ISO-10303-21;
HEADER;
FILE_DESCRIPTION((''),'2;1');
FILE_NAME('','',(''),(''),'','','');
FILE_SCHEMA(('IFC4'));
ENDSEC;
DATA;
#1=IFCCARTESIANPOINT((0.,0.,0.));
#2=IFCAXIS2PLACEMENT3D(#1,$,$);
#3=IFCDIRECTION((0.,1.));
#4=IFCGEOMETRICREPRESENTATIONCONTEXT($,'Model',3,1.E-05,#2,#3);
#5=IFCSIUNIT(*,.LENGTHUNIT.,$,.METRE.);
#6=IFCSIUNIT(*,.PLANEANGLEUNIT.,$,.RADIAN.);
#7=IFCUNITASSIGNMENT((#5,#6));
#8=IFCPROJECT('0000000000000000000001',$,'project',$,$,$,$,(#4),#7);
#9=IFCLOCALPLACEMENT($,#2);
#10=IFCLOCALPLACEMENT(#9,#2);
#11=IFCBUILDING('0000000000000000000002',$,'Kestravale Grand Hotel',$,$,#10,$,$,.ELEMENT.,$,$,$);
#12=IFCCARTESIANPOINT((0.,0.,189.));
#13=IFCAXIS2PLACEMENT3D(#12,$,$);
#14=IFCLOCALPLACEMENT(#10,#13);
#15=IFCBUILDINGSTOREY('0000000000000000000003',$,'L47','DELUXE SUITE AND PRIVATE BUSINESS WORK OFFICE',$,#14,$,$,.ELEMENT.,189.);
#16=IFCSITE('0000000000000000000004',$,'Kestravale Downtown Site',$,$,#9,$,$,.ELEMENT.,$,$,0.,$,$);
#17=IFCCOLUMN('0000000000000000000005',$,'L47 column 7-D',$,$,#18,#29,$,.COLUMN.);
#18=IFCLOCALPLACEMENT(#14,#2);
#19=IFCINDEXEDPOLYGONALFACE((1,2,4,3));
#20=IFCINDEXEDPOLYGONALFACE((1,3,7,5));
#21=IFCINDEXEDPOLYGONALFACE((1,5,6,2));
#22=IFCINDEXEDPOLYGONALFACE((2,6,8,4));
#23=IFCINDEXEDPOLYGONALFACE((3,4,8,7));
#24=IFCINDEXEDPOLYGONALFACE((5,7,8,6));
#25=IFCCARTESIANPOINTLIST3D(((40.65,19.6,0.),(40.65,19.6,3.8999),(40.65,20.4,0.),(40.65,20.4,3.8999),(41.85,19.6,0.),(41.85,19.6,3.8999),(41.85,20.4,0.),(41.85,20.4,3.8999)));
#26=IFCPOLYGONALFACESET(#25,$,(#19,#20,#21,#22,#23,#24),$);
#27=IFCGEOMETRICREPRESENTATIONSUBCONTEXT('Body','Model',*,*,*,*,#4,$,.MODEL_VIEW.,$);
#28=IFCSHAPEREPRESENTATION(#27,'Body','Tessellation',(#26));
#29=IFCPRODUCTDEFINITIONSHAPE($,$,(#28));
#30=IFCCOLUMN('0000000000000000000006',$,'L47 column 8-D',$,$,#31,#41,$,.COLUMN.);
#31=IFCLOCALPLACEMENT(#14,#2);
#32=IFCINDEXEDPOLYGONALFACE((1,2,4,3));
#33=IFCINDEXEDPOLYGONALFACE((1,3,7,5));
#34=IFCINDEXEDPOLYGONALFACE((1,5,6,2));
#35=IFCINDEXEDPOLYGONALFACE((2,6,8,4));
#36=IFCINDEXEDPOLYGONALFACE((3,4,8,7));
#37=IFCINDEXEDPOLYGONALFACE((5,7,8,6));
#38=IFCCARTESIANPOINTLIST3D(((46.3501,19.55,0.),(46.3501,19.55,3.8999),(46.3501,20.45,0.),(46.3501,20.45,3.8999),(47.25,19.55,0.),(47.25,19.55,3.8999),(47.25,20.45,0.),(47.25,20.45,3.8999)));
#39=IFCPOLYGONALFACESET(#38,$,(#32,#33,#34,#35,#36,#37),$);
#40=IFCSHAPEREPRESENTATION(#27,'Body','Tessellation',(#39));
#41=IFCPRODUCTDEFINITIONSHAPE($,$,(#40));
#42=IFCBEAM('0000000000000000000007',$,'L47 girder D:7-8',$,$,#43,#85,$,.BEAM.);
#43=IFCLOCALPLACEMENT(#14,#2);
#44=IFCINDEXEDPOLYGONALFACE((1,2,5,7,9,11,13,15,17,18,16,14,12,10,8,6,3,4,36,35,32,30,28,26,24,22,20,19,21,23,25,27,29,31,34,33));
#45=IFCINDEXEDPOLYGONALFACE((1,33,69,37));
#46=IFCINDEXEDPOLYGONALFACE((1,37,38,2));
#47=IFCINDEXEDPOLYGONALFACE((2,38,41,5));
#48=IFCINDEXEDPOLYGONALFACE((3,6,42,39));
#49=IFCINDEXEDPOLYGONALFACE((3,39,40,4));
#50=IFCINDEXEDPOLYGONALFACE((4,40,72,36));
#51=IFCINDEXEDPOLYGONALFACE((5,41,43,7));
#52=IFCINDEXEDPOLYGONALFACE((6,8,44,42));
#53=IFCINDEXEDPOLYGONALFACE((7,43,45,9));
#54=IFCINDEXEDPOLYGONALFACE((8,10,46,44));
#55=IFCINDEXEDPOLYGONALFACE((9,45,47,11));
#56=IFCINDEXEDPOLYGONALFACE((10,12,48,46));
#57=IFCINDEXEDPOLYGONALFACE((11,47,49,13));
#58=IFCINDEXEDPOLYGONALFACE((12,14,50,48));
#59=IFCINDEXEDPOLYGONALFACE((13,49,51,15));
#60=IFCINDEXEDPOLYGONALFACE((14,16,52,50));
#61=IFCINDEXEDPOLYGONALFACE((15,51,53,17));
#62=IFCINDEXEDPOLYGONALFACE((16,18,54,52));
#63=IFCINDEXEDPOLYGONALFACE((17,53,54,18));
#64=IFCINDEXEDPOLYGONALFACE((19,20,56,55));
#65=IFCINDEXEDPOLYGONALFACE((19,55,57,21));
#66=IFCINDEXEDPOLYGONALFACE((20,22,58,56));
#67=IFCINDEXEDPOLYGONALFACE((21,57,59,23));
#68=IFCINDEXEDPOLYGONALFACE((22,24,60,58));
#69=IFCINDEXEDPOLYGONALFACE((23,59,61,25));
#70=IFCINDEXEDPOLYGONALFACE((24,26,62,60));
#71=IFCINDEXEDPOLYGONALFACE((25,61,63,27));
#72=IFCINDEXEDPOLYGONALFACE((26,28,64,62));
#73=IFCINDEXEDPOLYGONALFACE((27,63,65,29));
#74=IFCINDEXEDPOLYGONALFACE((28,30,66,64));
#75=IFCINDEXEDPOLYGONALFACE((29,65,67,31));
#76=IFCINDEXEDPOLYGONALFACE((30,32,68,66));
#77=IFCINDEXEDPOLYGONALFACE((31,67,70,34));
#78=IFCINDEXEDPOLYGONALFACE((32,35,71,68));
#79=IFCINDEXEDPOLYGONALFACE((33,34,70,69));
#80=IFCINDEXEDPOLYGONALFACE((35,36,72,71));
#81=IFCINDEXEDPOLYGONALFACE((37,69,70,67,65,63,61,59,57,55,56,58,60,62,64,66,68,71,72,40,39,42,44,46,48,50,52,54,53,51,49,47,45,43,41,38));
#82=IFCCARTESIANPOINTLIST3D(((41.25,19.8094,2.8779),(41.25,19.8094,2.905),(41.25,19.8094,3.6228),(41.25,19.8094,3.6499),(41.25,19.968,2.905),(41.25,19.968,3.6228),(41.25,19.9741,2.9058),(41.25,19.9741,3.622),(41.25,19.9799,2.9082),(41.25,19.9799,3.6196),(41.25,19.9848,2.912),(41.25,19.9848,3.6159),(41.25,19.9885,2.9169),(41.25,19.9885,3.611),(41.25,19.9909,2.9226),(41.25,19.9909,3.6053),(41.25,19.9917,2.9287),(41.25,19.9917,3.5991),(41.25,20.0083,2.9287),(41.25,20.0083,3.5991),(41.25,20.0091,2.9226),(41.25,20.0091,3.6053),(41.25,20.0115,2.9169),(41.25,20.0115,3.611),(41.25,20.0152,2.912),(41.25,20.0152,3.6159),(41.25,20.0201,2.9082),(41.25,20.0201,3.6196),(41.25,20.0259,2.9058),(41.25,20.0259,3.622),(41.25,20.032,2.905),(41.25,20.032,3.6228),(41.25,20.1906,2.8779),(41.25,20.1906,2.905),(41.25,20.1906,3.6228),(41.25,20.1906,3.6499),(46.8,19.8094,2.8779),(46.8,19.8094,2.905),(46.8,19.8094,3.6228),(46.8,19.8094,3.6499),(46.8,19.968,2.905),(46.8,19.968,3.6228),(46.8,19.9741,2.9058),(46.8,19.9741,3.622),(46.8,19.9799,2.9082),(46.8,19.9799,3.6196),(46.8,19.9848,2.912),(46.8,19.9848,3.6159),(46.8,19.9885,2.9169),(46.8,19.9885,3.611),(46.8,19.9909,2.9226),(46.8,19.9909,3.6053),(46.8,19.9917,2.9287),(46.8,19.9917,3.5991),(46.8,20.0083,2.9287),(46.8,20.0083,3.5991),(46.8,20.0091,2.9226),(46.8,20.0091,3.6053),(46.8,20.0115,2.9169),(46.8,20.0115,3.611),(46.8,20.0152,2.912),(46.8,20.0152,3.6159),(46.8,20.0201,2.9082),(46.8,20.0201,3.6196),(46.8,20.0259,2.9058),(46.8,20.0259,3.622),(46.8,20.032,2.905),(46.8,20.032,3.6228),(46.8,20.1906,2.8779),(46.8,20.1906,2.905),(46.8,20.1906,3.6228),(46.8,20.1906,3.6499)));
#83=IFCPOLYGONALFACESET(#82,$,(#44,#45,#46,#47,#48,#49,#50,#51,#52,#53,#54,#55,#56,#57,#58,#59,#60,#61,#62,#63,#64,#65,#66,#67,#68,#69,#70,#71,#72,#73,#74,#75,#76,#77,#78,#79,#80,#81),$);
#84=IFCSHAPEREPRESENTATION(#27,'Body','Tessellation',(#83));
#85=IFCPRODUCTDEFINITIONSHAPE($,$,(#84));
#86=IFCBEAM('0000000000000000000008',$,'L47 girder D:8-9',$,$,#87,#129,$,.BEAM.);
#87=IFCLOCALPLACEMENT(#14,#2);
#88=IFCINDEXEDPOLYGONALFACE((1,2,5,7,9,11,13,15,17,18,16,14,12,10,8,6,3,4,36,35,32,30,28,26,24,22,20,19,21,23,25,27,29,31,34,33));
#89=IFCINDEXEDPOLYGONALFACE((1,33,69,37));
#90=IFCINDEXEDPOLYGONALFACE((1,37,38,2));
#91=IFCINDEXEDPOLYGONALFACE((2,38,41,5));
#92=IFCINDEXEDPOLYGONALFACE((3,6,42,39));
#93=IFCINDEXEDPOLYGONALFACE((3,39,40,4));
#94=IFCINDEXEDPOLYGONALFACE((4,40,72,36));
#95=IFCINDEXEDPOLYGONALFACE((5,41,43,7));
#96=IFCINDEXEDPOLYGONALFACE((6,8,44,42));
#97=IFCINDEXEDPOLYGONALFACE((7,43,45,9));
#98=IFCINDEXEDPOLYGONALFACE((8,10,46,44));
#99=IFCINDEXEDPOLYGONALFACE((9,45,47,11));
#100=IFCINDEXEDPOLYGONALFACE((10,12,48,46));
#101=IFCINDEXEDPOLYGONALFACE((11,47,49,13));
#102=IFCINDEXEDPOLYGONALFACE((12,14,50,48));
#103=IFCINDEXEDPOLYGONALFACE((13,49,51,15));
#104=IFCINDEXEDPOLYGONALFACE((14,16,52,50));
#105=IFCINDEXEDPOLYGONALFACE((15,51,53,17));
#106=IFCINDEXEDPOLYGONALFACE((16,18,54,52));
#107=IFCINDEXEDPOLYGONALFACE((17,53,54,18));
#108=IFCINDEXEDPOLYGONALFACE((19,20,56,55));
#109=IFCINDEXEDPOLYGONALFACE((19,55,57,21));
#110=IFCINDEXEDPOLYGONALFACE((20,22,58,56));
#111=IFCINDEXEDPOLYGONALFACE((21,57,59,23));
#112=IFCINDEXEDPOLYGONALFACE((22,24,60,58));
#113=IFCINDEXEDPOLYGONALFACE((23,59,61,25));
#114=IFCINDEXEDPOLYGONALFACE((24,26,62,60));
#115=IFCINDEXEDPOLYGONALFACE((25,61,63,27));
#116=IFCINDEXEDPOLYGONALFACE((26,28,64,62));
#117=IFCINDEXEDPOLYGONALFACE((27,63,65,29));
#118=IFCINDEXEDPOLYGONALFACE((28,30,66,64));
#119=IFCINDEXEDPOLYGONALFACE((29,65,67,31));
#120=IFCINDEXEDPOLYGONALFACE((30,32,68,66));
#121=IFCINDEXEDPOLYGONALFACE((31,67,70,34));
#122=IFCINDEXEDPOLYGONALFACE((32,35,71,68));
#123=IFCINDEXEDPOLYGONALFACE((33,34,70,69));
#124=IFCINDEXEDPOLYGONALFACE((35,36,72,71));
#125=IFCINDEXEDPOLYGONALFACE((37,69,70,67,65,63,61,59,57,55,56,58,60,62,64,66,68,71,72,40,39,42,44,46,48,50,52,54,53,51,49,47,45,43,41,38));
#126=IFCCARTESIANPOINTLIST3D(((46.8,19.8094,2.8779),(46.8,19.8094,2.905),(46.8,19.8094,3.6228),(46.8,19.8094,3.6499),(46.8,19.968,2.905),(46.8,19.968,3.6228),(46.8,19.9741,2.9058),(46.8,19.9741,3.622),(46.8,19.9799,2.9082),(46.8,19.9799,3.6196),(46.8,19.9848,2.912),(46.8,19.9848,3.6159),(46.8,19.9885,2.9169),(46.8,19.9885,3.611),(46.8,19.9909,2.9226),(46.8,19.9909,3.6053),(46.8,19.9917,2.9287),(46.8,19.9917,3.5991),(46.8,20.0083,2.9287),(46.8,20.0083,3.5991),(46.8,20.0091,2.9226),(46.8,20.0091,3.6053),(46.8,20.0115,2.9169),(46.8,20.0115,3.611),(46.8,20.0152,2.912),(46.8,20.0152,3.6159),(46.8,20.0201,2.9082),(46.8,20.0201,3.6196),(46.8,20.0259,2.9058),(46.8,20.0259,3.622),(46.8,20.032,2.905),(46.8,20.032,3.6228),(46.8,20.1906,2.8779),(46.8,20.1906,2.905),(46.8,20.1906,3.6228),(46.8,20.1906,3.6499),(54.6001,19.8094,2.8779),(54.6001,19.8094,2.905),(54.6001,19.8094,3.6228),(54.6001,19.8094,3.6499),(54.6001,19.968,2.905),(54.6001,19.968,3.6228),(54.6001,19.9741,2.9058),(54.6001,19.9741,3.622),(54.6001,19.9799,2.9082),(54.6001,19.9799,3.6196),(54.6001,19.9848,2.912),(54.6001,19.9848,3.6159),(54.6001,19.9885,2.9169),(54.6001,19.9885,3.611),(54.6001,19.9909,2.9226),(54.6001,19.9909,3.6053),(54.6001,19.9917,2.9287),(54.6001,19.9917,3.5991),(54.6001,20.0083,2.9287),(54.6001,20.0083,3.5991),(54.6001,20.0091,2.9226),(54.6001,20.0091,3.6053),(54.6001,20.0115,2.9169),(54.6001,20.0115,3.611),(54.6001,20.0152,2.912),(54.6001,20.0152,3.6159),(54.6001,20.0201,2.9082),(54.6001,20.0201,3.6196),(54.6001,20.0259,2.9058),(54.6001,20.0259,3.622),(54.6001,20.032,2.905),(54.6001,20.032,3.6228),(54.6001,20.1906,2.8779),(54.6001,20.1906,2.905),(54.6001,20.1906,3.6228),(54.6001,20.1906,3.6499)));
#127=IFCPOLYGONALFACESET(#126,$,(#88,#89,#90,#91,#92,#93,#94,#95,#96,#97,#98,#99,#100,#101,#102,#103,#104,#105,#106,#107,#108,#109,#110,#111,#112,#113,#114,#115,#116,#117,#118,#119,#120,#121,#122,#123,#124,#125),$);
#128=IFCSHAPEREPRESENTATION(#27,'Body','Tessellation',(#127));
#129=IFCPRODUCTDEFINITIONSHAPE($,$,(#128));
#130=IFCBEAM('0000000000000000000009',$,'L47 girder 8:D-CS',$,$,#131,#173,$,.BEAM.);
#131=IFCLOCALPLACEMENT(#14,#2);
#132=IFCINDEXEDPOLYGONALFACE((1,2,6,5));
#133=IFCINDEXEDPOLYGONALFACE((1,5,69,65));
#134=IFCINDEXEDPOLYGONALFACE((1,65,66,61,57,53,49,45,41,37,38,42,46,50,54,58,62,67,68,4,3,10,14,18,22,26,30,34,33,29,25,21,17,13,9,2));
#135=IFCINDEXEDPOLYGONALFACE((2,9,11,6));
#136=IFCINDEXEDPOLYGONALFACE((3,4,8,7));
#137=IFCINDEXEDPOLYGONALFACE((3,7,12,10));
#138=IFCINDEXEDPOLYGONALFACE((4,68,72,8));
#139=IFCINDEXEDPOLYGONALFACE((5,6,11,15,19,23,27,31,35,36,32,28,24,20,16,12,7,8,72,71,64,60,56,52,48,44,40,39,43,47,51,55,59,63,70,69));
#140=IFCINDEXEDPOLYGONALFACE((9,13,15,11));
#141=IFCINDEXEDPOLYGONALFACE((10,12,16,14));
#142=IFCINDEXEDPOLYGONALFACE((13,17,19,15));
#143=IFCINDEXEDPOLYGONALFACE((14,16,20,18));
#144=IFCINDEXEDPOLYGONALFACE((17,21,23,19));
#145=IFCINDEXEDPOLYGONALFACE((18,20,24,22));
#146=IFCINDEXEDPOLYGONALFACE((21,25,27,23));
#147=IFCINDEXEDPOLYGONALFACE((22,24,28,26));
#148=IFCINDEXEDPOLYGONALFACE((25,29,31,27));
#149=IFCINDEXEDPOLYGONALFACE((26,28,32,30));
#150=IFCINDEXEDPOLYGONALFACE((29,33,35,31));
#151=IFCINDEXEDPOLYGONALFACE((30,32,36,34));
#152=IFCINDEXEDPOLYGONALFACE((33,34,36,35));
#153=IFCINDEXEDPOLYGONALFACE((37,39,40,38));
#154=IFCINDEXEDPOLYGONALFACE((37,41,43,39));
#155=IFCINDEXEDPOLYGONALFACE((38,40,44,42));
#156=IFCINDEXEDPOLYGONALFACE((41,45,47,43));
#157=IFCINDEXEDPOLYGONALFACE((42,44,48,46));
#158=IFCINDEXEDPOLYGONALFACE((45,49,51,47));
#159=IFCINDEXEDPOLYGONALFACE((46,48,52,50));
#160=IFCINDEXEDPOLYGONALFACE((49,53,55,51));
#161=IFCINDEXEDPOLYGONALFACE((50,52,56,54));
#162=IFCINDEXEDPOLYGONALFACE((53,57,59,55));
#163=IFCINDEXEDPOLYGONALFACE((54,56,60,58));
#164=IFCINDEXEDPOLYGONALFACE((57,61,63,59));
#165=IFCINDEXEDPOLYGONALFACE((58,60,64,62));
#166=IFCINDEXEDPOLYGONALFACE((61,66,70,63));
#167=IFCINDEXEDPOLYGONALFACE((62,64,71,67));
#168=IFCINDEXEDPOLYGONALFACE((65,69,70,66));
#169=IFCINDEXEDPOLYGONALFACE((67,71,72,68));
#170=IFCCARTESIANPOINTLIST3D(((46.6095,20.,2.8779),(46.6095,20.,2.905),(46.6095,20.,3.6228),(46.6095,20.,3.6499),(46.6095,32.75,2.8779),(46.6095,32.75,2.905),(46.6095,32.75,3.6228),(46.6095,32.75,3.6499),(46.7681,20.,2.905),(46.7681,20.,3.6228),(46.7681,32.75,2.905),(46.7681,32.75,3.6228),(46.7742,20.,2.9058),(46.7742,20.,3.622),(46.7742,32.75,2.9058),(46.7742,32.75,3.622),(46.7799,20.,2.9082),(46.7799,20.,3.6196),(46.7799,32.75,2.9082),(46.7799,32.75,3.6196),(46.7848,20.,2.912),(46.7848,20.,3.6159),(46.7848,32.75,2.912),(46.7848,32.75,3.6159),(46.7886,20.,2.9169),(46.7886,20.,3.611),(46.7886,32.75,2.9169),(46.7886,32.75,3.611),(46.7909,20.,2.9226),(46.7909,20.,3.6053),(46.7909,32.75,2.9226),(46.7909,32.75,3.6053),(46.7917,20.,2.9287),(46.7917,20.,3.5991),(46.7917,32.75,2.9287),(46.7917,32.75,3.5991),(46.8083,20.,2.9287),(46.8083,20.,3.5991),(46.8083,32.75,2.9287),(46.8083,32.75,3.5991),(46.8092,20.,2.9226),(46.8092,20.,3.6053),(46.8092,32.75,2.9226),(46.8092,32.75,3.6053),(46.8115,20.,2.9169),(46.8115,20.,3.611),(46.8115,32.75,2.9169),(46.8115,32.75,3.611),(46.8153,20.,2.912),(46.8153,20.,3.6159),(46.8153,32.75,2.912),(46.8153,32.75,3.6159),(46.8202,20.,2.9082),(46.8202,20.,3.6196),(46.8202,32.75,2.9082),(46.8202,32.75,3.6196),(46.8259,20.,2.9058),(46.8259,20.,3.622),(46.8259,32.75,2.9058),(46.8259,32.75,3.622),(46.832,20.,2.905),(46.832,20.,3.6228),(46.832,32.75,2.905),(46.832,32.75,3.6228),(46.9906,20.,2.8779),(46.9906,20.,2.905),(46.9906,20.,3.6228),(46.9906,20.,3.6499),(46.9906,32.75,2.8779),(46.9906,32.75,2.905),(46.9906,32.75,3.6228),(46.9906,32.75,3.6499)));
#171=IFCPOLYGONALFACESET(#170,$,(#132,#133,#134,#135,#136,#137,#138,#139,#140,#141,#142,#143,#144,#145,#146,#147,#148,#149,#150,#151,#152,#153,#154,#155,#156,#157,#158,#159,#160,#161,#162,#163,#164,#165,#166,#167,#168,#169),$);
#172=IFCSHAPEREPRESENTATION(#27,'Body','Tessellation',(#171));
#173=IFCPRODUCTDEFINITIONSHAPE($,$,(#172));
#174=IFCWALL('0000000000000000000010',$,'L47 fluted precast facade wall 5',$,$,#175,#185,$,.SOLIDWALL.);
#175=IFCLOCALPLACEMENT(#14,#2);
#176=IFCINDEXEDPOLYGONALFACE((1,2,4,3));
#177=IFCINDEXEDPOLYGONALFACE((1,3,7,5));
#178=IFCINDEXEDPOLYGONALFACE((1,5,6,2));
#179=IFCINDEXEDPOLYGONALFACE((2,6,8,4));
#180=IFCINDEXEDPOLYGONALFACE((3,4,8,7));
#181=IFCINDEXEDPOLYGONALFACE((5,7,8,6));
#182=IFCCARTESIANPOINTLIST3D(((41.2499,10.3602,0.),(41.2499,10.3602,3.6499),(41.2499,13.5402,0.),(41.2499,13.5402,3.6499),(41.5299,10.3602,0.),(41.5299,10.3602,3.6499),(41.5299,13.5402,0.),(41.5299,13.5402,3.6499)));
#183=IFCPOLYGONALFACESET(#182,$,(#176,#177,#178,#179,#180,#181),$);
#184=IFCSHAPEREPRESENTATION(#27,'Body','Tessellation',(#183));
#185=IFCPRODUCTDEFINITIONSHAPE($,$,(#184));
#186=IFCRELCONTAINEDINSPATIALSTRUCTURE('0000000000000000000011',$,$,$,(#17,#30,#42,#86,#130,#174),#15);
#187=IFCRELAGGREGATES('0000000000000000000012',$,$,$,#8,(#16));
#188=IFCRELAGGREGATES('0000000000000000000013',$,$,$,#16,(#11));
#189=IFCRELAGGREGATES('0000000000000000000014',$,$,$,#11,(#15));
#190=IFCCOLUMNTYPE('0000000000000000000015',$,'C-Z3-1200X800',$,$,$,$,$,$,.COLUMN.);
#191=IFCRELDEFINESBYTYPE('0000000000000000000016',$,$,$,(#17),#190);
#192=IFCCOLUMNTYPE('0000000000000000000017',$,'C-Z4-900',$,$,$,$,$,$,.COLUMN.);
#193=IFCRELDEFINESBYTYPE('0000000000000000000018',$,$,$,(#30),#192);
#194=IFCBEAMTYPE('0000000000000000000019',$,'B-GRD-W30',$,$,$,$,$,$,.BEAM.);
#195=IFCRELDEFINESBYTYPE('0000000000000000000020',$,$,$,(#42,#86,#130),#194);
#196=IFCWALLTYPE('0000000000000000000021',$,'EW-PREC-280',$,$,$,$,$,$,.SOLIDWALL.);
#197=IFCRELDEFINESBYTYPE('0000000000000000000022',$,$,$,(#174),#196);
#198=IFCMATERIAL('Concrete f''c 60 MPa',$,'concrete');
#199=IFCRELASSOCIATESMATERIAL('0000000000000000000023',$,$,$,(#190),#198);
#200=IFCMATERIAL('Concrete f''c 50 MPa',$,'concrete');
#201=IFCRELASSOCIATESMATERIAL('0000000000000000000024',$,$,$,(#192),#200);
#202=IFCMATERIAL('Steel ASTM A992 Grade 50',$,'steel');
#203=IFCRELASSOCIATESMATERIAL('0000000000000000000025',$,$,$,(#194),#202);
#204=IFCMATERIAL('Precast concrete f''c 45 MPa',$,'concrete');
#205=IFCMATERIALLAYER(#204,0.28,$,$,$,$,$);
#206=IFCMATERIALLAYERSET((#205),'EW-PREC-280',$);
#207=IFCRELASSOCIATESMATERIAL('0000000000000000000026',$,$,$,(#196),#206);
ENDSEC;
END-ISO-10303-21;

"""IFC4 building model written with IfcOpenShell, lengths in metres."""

from ifc_helpers import new_model, si_unit, direction, frame, frame_2d, origin, origin_2d, place, context, subcontext, project, spatial, rectangle, i_section, extrude, material, layer, layer_set, material_profile, profile_set, type_object, element, save


model = new_model("IFC4")

# Units and contexts
model_context = context("Model", 3, precision=1e-05, world=origin(), true_north=direction((0.0, 1.0)))
body_context = subcontext(model_context, "Body", "Model", "MODEL_VIEW")
ifc_project = project(units=[si_unit("LENGTHUNIT", "METRE"), si_unit("PLANEANGLEUNIT", "RADIAN")], contexts=[model_context])

# Site, building, storey
site_placement = place(None, origin())
site = spatial("IfcSite", under=ifc_project, at=site_placement, Name="Kestravale Downtown Site", CompositionType="ELEMENT", RefElevation=0.0)
building_placement = place(site_placement, origin())
building = spatial("IfcBuilding", under=site, at=building_placement, Name="Kestravale Grand Hotel", CompositionType="ELEMENT")
storey_placement = place(building_placement, frame((0.0, 0.0, 189.0)))
storey = spatial("IfcBuildingStorey", under=building, at=storey_placement, Name="L47", Description="DELUXE SUITE AND PRIVATE BUSINESS WORK OFFICE", CompositionType="ELEMENT", Elevation=189.0)

# Columns
ifc_material_1 = material(Name="Concrete f'c 60 MPa", Category="concrete")
ifc_material_profile_1 = material_profile(ifc_material_1, rectangle(XDim=1.2, YDim=0.8, at=origin_2d()))
ifc_profile_set_1 = profile_set([ifc_material_profile_1], Name="Concrete f'c 60 MPa")
column_type_1 = type_object("IfcColumnType", Name="C-Z3-1200X800", PredefinedType="COLUMN", material=ifc_profile_set_1)
column_1_placement = place(storey_placement, frame((41.25, 20.0, 0.0), z_axis=(0.0, 0.0, 1.0), x_axis=(1.0, 0.0, 0.0)))
element("IfcColumn", 1, at=column_1_placement, inside=storey, type_object=column_type_1, Name="L47 column 7-D", PredefinedType="COLUMN", context=body_context, shape_type="SweptSolid", body=[
    extrude(rectangle(XDim=1.2, YDim=0.8, at=origin_2d()), origin(), (0.0, 0.0, 1.0), 3.8999),
])
ifc_material_2 = material(Name="Concrete f'c 50 MPa", Category="concrete")
ifc_material_profile_2 = material_profile(ifc_material_2, rectangle(XDim=0.8999, YDim=0.8999, at=origin_2d()))
ifc_profile_set_2 = profile_set([ifc_material_profile_2], Name="Concrete f'c 50 MPa")
column_type_2 = type_object("IfcColumnType", Name="C-Z4-900", PredefinedType="COLUMN", material=ifc_profile_set_2)
column_2_placement = place(storey_placement, frame((46.8, 20.0, 0.0), z_axis=(0.0, 0.0, 1.0), x_axis=(1.0, 0.0, 0.0)))
element("IfcColumn", 2, at=column_2_placement, inside=storey, type_object=column_type_2, Name="L47 column 8-D", PredefinedType="COLUMN", context=body_context, shape_type="SweptSolid", body=[
    extrude(rectangle(XDim=0.8999, YDim=0.8999, at=origin_2d()), origin(), (0.0, 0.0, 1.0), 3.8999),
])

# Beams
ifc_material_3 = material(Name="Steel ASTM A992 Grade 50", Category="steel")
ifc_material_profile_3 = material_profile(ifc_material_3, i_section(OverallWidth=0.3811, OverallDepth=0.772, WebThickness=0.0166, FlangeThickness=0.0271, FilletRadius=0.0237, at=origin_2d()))
ifc_profile_set_3 = profile_set([ifc_material_profile_3], Name="Steel ASTM A992 Grade 50")
beam_type = type_object("IfcBeamType", Name="B-GRD-W30", PredefinedType="BEAM", material=ifc_profile_set_3)
beam_1_placement = place(storey_placement, frame((41.25, 20.0, 3.2639), z_axis=(1.0, 0.0, 0.0), x_axis=(0.0, 1.0, 0.0)))
element("IfcBeam", 3, at=beam_1_placement, inside=storey, type_object=beam_type, Name="L47 girder D:7-8", PredefinedType="BEAM", context=body_context, shape_type="SweptSolid", body=[
    extrude(i_section(OverallWidth=0.3811, OverallDepth=0.772, WebThickness=0.0166, FlangeThickness=0.0271, FilletRadius=0.0237, at=origin_2d()), origin(), (0.0, 0.0, 1.0), 5.55),
])
beam_2_placement = place(storey_placement, frame((46.8, 20.0, 3.2639), z_axis=(1.0, 0.0, 0.0), x_axis=(0.0, 1.0, 0.0)))
element("IfcBeam", 4, at=beam_2_placement, inside=storey, type_object=beam_type, Name="L47 girder D:8-9", PredefinedType="BEAM", context=body_context, shape_type="SweptSolid", body=[
    extrude(i_section(OverallWidth=0.3811, OverallDepth=0.772, WebThickness=0.0166, FlangeThickness=0.0271, FilletRadius=0.0237, at=origin_2d()), origin(), (0.0, 0.0, 1.0), 7.8),
])
beam_3_placement = place(storey_placement, frame((46.8, 20.0, 3.2639), z_axis=(0.0, 1.0, 0.0), x_axis=(-1.0, 0.0, 0.0)))
element("IfcBeam", 5, at=beam_3_placement, inside=storey, type_object=beam_type, Name="L47 girder 8:D-CS", PredefinedType="BEAM", context=body_context, shape_type="SweptSolid", body=[
    extrude(i_section(OverallWidth=0.3811, OverallDepth=0.772, WebThickness=0.0166, FlangeThickness=0.0271, FilletRadius=0.0237, at=origin_2d()), origin(), (0.0, 0.0, 1.0), 12.75),
])

# Wall
ifc_material_4 = material(Name="Precast concrete f'c 45 MPa", Category="concrete")
ifc_layer_1 = layer(ifc_material_4, 0.28)
ifc_layer_set_1 = layer_set([ifc_layer_1], Name="EW-PREC-280")
wall_type_1 = type_object("IfcWallType", Name="EW-PREC-280", PredefinedType="SOLIDWALL", material=ifc_layer_set_1)
wall_1_placement = place(storey_placement, frame((41.3899, 13.54, 0.0), z_axis=(0.0, 0.0, 1.0), x_axis=(0.0, -1.0, 0.0)))
element("IfcWall", 6, at=wall_1_placement, inside=storey, type_object=wall_type_1, Name="L47 fluted precast facade wall 5", PredefinedType="SOLIDWALL", context=body_context, shape_type="SweptSolid", body=[
    extrude(rectangle(XDim=3.1799, YDim=0.28, at=frame_2d((1.5898, 0.0))), origin(), (0.0, 0.0, 1.0), 3.6499),
])

save(model, "model.ifc")
